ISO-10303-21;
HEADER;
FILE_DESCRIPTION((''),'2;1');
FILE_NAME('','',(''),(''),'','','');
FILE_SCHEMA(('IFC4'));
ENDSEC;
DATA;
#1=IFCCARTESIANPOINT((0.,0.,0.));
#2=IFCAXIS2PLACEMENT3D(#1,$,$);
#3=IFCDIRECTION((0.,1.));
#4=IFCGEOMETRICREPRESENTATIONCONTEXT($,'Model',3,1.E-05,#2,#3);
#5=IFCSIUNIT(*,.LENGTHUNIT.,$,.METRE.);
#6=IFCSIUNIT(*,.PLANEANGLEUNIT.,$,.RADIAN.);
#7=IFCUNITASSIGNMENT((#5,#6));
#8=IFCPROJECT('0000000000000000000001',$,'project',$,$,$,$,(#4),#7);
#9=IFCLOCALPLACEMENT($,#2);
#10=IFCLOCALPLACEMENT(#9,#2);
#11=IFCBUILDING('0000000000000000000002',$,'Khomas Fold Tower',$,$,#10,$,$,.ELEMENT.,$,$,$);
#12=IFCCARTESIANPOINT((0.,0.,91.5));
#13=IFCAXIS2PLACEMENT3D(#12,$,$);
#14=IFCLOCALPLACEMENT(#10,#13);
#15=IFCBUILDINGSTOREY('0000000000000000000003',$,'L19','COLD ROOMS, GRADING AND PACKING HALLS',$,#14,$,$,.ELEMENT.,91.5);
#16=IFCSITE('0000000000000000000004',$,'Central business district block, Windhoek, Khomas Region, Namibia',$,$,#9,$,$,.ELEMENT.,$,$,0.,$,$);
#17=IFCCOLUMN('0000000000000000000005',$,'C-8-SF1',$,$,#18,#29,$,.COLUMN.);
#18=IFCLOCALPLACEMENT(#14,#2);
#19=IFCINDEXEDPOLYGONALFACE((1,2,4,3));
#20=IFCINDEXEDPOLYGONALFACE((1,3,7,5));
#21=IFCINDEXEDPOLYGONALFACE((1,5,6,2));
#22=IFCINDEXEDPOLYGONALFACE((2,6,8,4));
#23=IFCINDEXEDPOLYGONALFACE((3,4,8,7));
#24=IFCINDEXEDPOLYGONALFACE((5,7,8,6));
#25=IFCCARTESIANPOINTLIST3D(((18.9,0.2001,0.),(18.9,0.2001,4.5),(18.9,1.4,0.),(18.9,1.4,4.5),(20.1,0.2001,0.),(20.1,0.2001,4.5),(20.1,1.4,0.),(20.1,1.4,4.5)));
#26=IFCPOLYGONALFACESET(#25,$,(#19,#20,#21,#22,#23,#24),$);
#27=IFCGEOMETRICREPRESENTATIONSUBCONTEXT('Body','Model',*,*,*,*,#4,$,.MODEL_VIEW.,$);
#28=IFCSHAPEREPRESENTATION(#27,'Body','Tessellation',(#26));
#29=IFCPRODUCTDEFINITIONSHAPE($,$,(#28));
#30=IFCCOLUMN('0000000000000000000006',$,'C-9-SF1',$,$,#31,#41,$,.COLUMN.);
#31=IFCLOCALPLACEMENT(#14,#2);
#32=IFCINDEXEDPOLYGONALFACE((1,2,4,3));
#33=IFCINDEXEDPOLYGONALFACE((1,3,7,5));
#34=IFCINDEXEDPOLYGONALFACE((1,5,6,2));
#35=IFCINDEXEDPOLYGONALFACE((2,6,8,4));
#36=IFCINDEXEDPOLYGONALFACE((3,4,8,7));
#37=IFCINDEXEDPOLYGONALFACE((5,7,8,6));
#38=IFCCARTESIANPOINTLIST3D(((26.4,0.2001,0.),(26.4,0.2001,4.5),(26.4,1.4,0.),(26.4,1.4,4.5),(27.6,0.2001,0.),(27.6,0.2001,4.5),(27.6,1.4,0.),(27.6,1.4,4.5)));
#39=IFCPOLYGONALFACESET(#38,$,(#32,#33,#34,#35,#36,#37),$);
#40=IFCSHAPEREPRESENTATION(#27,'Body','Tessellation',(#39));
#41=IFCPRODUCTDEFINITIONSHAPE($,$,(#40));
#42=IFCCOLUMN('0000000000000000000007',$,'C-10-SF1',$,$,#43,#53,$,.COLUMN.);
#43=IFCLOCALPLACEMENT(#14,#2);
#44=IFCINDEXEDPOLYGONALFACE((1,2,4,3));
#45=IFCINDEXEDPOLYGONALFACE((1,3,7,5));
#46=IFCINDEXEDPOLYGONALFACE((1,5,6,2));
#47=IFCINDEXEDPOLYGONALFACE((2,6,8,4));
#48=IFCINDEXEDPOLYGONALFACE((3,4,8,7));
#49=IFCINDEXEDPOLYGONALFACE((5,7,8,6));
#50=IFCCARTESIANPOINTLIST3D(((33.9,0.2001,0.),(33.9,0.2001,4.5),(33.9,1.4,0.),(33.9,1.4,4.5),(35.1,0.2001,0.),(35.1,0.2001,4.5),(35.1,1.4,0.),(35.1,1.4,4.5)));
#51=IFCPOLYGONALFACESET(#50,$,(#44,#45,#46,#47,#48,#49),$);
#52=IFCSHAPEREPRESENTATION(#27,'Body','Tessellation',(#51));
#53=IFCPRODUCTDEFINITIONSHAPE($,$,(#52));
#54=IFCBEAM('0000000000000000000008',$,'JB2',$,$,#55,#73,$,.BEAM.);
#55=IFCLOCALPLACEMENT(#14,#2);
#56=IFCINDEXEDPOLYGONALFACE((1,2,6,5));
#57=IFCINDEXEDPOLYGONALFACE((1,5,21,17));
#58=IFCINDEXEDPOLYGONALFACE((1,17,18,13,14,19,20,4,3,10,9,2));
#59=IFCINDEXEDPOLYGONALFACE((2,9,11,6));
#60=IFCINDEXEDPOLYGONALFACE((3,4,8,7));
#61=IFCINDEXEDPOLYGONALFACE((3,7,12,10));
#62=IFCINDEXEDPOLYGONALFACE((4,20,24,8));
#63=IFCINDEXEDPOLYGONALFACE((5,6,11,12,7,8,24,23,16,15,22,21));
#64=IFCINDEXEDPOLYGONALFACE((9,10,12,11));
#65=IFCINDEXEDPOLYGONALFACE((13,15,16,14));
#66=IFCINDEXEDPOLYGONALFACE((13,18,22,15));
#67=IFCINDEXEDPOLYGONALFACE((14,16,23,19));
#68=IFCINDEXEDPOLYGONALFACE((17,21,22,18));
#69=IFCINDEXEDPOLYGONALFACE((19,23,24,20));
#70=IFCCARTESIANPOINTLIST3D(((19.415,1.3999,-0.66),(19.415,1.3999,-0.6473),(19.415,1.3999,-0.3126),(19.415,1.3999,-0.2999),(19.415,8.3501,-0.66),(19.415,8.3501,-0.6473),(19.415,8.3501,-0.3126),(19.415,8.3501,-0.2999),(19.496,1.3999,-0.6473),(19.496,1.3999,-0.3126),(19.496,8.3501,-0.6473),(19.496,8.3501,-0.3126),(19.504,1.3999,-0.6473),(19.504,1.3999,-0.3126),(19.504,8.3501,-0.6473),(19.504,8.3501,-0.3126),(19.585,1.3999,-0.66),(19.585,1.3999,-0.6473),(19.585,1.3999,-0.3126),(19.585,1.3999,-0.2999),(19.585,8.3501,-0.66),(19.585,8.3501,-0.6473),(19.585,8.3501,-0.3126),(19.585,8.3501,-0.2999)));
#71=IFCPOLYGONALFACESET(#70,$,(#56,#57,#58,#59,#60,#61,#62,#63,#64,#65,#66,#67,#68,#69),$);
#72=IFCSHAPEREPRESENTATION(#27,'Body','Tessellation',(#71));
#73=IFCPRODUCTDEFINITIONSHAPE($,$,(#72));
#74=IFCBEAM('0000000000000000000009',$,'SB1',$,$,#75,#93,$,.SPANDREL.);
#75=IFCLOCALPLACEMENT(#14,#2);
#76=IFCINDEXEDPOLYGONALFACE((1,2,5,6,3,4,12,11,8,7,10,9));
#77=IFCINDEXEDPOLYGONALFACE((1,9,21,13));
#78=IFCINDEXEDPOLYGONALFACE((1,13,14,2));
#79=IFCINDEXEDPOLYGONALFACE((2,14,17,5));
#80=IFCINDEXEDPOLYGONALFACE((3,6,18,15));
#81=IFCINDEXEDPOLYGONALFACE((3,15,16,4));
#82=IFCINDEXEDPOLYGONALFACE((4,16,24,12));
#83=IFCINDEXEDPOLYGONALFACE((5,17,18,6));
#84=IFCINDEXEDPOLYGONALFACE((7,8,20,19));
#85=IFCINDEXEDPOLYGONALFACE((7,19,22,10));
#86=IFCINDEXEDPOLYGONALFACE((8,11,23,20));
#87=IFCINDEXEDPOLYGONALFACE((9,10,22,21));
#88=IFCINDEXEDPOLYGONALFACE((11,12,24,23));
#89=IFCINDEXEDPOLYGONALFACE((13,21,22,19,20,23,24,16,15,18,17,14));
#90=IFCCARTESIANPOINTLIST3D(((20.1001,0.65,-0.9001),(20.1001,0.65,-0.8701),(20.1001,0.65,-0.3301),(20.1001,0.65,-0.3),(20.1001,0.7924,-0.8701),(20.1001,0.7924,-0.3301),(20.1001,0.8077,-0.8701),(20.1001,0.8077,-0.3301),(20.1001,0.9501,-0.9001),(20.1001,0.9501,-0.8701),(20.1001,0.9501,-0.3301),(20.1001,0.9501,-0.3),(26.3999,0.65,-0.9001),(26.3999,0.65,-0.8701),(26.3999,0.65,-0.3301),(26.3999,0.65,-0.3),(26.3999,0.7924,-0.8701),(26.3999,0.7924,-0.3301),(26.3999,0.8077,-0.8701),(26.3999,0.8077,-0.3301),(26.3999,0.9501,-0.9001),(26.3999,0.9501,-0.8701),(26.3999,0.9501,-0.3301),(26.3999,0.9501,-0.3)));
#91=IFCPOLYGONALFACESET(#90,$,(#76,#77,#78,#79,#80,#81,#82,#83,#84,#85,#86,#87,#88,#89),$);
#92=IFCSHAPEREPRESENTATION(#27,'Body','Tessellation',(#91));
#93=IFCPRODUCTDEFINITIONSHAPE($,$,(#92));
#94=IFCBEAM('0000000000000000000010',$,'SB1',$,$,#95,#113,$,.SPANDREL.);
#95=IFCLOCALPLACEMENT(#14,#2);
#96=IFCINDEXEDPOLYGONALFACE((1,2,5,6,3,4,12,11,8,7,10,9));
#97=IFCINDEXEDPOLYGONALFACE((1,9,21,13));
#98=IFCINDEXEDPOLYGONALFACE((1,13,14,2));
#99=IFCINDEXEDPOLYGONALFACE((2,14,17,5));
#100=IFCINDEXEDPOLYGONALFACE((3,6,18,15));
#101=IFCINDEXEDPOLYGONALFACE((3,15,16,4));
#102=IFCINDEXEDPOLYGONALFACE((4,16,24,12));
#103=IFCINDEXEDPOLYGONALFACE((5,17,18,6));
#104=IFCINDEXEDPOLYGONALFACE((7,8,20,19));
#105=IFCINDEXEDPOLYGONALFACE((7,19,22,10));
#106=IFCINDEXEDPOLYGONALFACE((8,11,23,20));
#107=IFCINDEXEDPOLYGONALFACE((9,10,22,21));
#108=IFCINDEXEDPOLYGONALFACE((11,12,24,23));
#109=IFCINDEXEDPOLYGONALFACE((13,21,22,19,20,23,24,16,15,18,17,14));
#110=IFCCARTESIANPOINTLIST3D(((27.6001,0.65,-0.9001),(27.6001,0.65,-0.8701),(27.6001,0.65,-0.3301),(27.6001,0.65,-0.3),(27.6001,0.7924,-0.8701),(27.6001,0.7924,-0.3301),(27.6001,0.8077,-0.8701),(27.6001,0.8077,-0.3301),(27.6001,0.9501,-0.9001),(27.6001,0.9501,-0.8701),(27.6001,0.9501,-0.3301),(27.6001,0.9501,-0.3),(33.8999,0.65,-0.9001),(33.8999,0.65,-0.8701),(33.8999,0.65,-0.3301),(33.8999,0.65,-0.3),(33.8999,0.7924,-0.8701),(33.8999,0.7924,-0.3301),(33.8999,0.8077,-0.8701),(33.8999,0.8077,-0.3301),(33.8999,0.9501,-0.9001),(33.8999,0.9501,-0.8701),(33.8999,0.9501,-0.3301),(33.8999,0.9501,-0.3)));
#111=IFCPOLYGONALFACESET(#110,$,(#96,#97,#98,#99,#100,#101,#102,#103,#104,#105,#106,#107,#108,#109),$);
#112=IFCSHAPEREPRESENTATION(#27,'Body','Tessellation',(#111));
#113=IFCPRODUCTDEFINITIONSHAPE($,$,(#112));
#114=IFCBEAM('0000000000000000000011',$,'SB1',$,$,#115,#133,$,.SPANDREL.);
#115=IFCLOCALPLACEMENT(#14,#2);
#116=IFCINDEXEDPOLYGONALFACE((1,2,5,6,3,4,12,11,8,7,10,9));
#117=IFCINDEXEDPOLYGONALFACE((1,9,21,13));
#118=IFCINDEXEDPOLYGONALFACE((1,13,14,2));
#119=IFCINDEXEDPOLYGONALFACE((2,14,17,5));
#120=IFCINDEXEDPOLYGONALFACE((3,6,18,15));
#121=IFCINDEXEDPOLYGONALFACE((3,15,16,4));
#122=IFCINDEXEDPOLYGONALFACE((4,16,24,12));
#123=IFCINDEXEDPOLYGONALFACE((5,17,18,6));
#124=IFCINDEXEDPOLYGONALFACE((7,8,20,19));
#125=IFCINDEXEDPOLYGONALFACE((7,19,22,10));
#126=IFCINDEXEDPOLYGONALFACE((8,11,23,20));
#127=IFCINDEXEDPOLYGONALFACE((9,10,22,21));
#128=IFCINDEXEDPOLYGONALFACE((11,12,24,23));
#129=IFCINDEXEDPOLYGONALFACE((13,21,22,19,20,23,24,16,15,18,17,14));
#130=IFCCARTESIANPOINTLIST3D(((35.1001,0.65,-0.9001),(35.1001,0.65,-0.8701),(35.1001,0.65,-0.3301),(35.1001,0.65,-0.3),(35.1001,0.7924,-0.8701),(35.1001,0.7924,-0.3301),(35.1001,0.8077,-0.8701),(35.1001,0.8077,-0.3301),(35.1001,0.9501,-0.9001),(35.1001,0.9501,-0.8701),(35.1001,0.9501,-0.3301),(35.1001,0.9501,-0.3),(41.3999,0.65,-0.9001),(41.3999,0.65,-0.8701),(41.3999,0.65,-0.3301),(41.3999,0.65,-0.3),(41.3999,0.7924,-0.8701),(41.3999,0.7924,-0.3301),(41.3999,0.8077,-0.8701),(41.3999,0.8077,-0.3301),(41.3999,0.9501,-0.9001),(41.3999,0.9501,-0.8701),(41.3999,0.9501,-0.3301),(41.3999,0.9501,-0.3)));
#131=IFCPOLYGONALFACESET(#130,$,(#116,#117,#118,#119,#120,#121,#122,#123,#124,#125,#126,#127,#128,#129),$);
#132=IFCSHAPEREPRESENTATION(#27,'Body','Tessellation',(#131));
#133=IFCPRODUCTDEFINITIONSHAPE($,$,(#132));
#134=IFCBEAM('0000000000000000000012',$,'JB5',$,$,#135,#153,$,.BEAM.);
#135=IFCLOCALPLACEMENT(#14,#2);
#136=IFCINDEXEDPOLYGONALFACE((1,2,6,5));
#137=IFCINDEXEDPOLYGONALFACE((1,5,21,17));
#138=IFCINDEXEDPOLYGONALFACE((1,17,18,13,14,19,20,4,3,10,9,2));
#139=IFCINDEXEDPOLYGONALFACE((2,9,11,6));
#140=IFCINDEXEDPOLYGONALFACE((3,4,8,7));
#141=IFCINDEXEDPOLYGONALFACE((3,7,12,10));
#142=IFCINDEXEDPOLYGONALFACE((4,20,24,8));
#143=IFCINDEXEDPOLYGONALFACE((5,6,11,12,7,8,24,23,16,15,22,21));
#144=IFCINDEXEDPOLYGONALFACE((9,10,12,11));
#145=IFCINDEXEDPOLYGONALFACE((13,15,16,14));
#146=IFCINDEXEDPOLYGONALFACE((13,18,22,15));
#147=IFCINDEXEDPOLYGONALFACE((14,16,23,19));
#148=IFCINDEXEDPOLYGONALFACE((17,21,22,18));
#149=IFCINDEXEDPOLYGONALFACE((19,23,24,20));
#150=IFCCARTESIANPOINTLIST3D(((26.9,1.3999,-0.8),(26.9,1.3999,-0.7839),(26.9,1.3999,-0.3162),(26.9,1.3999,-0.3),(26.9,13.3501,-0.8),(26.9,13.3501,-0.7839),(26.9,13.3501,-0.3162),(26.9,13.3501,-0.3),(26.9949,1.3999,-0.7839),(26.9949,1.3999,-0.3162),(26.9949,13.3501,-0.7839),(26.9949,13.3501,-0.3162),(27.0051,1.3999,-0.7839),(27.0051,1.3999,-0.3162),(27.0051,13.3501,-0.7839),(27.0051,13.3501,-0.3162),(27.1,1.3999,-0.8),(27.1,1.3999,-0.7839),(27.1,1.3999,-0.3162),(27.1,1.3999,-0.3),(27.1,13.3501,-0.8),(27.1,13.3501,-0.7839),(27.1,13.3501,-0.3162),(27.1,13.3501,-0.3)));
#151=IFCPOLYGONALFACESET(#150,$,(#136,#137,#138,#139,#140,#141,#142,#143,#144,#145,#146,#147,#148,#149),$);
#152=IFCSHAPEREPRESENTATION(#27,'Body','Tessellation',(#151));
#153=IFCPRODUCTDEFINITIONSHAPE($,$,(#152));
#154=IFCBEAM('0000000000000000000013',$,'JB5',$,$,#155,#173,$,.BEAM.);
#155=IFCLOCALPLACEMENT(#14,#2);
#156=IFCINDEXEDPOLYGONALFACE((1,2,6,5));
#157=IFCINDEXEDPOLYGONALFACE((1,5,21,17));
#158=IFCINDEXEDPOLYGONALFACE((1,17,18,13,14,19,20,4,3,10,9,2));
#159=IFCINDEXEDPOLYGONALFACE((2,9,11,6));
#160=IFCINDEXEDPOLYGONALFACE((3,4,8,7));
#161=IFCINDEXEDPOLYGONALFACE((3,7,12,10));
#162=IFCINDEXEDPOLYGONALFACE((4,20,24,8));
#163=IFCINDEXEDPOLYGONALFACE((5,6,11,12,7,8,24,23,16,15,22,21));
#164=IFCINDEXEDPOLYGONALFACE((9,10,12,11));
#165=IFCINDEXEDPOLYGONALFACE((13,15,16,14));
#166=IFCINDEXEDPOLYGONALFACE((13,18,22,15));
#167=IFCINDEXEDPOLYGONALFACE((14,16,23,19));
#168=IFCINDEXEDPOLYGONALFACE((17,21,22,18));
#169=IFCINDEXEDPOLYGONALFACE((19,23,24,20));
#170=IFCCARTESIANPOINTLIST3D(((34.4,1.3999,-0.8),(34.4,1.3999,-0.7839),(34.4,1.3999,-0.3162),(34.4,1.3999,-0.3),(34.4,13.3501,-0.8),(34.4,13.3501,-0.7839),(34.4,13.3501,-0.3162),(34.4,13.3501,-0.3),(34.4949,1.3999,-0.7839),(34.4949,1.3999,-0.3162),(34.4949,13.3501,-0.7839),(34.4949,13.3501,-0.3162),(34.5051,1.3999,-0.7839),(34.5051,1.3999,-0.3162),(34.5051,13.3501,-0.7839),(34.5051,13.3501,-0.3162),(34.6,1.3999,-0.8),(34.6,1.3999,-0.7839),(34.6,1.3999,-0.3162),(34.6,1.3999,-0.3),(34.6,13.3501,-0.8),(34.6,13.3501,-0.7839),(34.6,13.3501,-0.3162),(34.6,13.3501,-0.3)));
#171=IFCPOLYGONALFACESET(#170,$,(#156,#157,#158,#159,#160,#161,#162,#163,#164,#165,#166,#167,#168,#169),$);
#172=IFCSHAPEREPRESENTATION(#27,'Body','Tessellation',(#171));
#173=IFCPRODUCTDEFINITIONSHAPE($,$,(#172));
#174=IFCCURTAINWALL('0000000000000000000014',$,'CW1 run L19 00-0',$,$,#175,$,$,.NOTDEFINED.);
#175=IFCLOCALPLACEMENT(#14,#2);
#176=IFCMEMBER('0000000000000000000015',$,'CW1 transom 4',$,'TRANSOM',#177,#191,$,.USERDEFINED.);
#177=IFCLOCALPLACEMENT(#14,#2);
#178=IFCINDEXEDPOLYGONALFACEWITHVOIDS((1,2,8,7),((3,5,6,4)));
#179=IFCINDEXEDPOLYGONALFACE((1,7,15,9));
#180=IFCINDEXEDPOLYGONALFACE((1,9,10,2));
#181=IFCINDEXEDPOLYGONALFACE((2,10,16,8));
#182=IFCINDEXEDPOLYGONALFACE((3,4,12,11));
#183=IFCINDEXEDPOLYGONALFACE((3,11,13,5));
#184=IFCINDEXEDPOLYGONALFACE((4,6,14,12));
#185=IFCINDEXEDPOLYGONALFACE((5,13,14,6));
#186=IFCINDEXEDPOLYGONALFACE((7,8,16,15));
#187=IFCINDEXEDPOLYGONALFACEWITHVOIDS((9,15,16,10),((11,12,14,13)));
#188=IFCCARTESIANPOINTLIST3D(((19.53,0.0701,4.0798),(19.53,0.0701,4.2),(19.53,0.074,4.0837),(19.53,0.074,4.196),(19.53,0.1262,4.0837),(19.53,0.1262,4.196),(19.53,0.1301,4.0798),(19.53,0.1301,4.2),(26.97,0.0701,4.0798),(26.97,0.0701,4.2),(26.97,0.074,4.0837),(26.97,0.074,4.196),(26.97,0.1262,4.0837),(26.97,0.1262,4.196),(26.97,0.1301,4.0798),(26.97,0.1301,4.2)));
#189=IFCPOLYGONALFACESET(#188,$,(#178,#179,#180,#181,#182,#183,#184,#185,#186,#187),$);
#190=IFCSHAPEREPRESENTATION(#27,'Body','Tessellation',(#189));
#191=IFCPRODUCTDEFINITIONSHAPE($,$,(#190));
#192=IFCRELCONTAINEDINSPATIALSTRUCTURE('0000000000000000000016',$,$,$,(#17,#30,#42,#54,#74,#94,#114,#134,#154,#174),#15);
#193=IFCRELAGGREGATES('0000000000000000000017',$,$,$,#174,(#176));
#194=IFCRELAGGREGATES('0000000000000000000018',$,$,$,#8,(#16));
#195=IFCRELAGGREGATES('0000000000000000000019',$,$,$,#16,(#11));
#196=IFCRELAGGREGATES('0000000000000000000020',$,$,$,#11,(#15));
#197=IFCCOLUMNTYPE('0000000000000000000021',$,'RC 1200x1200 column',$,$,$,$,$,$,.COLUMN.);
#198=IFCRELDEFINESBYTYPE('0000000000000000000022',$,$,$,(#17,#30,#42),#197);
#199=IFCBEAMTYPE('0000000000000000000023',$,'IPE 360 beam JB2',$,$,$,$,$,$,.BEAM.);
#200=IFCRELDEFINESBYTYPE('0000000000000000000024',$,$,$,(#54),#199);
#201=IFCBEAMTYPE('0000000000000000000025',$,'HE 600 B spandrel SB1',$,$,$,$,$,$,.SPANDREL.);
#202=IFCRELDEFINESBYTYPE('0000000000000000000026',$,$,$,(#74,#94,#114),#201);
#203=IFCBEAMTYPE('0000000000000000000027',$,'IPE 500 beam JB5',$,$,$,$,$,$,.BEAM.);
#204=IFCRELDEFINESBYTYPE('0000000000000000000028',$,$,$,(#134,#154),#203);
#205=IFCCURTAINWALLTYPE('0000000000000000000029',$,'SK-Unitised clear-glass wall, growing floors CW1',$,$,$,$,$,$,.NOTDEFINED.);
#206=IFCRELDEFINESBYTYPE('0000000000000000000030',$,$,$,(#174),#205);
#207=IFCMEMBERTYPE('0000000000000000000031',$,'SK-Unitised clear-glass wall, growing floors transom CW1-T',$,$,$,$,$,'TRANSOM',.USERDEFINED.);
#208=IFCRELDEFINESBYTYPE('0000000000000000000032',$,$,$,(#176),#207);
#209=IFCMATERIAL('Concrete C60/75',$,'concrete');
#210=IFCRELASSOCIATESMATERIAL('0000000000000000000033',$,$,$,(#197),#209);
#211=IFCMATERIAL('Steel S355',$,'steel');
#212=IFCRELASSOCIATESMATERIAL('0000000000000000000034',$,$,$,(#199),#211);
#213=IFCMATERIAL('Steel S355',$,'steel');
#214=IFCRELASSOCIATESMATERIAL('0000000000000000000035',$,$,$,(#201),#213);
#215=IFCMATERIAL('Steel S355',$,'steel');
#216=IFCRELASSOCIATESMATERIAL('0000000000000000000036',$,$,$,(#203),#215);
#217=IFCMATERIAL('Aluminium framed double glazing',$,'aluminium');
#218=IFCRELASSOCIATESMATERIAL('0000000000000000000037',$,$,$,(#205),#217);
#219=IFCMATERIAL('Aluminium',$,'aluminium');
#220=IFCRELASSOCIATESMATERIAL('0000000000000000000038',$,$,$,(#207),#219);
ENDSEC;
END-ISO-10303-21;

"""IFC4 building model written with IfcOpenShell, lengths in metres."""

from ifc_helpers import new_model, si_unit, direction, frame, origin, origin_2d, place, context, subcontext, project, spatial, rectangle, hollow_rectangle, i_section, extrude, source, transform, mapped, material, material_profile, profile_set, type_object, element, aggregate, save


model = new_model("IFC4")

# Units and contexts
model_context = context("Model", 3, precision=1e-05, world=origin(), true_north=direction((0.0, 1.0)))
body_context = subcontext(model_context, "Body", "Model", "MODEL_VIEW")
ifc_project = project(units=[si_unit("LENGTHUNIT", "METRE"), si_unit("PLANEANGLEUNIT", "RADIAN")], contexts=[model_context])

# Site, building, storey
site_placement = place(None, origin())
site = spatial("IfcSite", under=ifc_project, at=site_placement, Name="Central business district block, Windhoek, Khomas Region, Namibia", CompositionType="ELEMENT", RefElevation=0.0)
building_placement = place(site_placement, origin())
building = spatial("IfcBuilding", under=site, at=building_placement, Name="Khomas Fold Tower", CompositionType="ELEMENT")
storey_placement = place(building_placement, frame((0.0, 0.0, 91.5)))
storey = spatial("IfcBuildingStorey", under=building, at=storey_placement, Name="L19", Description="COLD ROOMS, GRADING AND PACKING HALLS", CompositionType="ELEMENT", Elevation=91.5)

# Columns
ifc_material_1 = material(Name="Concrete C60/75", Category="concrete")
ifc_material_profile_1 = material_profile(ifc_material_1, rectangle(XDim=1.2, YDim=1.2, at=origin_2d()), Name="RC 1200x1200")
ifc_profile_set_1 = profile_set([ifc_material_profile_1], Name="Concrete C60/75")
column_type = type_object("IfcColumnType", Name="RC 1200x1200 column", PredefinedType="COLUMN", material=ifc_profile_set_1)
shared_shape_1 = source(origin(), body_context, "Body", "SweptSolid", [
    extrude(rectangle(XDim=1.2, YDim=1.2, at=origin_2d()), origin(), (0.0, 0.0, 1.0), 4.5),
])
for number, where, z_axis, x_axis, name in (
    (1, (19.5, 0.8, 0.0), (0.0, 0.0, 1.0), (1.0, 0.0, 0.0), "C-8-SF1"),
    (2, (27.0, 0.8, 0.0), (0.0, 0.0, 1.0), (1.0, 0.0, 0.0), "C-9-SF1"),
    (3, (34.5, 0.8, 0.0), (0.0, 0.0, 1.0), (1.0, 0.0, 0.0), "C-10-SF1"),
):
    element("IfcColumn", number, at=place(storey_placement, frame(where, z_axis=z_axis, x_axis=x_axis)), inside=storey, type_object=column_type, Name=name, PredefinedType="COLUMN", context=body_context, shape_type="MappedRepresentation", body=[
        mapped(shared_shape_1, transform((0.0, 0.0, 0.0))),
    ])

# Beams
ifc_material_2 = material(Name="Steel S355", Category="steel")
ifc_material_profile_2 = material_profile(ifc_material_2, i_section(OverallWidth=0.1699, OverallDepth=0.3601, WebThickness=0.0081, FlangeThickness=0.0127, at=origin_2d()), Name="IPE 360")
ifc_profile_set_2 = profile_set([ifc_material_profile_2], Name="Steel S355")
beam_type_1 = type_object("IfcBeamType", Name="IPE 360 beam JB2", PredefinedType="BEAM", material=ifc_profile_set_2)
shared_shape_2 = source(origin(), body_context, "Body", "SweptSolid", [
    extrude(i_section(OverallWidth=0.1699, OverallDepth=0.3601, WebThickness=0.0081, FlangeThickness=0.0127, at=origin_2d()), origin(), (0.0, 0.0, 1.0), 6.9502),
])
beam_placement = place(storey_placement, frame((19.5, 1.3999, -0.48), z_axis=(0.0, 1.0, 0.0), x_axis=(-1.0, 0.0, 0.0)))
element("IfcBeam", 4, at=beam_placement, inside=storey, type_object=beam_type_1, Name="JB2", PredefinedType="BEAM", context=body_context, shape_type="MappedRepresentation", body=[
    mapped(shared_shape_2, transform((0.0, 0.0, 0.0))),
])
ifc_material_3 = material(Name="Steel S355", Category="steel")
ifc_material_profile_3 = material_profile(ifc_material_3, i_section(OverallWidth=0.3, OverallDepth=0.6001, WebThickness=0.0154, FlangeThickness=0.03, at=origin_2d()), Name="HE 600 B")
ifc_profile_set_3 = profile_set([ifc_material_profile_3], Name="Steel S355")
beam_type_2 = type_object("IfcBeamType", Name="HE 600 B spandrel SB1", PredefinedType="SPANDREL", material=ifc_profile_set_3)
shared_shape_3 = source(origin(), body_context, "Body", "SweptSolid", [
    extrude(i_section(OverallWidth=0.3, OverallDepth=0.6001, WebThickness=0.0154, FlangeThickness=0.03, at=origin_2d()), origin(), (0.0, 0.0, 1.0), 6.2998),
])
for number, where, z_axis, x_axis, name in (
    (5, (20.1001, 0.8, -0.6001), (1.0, 0.0, 0.0), (0.0, 1.0, 0.0), "SB1"),
    (6, (27.6001, 0.8, -0.6001), (1.0, 0.0, 0.0), (0.0, 1.0, 0.0), "SB1"),
    (7, (35.1001, 0.8, -0.6001), (1.0, 0.0, 0.0), (0.0, 1.0, 0.0), "SB1"),
):
    element("IfcBeam", number, at=place(storey_placement, frame(where, z_axis=z_axis, x_axis=x_axis)), inside=storey, type_object=beam_type_2, Name=name, PredefinedType="SPANDREL", context=body_context, shape_type="MappedRepresentation", body=[
        mapped(shared_shape_3, transform((0.0, 0.0, 0.0))),
    ])
ifc_material_4 = material(Name="Steel S355", Category="steel")
ifc_material_profile_4 = material_profile(ifc_material_4, i_section(OverallWidth=0.2, OverallDepth=0.5, WebThickness=0.0103, FlangeThickness=0.0161, at=origin_2d()), Name="IPE 500")
ifc_profile_set_4 = profile_set([ifc_material_profile_4], Name="Steel S355")
beam_type_3 = type_object("IfcBeamType", Name="IPE 500 beam JB5", PredefinedType="BEAM", material=ifc_profile_set_4)
shared_shape_4 = source(origin(), body_context, "Body", "SweptSolid", [
    extrude(i_section(OverallWidth=0.2, OverallDepth=0.5, WebThickness=0.0103, FlangeThickness=0.0161, at=origin_2d()), origin(), (0.0, 0.0, 1.0), 11.9502),
])
for number, where, z_axis, x_axis, name in (
    (8, (27.0, 1.3999, -0.55), (0.0, 1.0, 0.0), (-1.0, 0.0, 0.0), "JB5"),
    (9, (34.5, 1.3999, -0.55), (0.0, 1.0, 0.0), (-1.0, 0.0, 0.0), "JB5"),
):
    element("IfcBeam", number, at=place(storey_placement, frame(where, z_axis=z_axis, x_axis=x_axis)), inside=storey, type_object=beam_type_3, Name=name, PredefinedType="BEAM", context=body_context, shape_type="MappedRepresentation", body=[
        mapped(shared_shape_4, transform((0.0, 0.0, 0.0))),
    ])

# Curtain wall, member
ifc_material_5 = material(Name="Aluminium framed double glazing", Category="aluminium")
curtain_wall_type = type_object("IfcCurtainWallType", Name="SK-Unitised clear-glass wall, growing floors CW1", PredefinedType="NOTDEFINED", material=ifc_material_5)
curtain_wall_placement = place(storey_placement, origin())
curtain_wall = element("IfcCurtainWall", 10, at=curtain_wall_placement, inside=storey, type_object=curtain_wall_type, Name="CW1 run L19 00-0", PredefinedType="NOTDEFINED")
ifc_material_6 = material(Name="Aluminium", Category="aluminium")
ifc_material_profile_5 = material_profile(ifc_material_6, hollow_rectangle(XDim=0.0601, YDim=0.1201, WallThickness=0.0039, at=origin_2d()), Name="SK-Unitised clear-glass wall, growing floors transom CW1-T")
ifc_profile_set_5 = profile_set([ifc_material_profile_5], Name="Aluminium")
member_type_1 = type_object("IfcMemberType", Name="SK-Unitised clear-glass wall, growing floors transom CW1-T", ElementType="TRANSOM", PredefinedType="USERDEFINED", material=ifc_profile_set_5)
shared_shape_5 = source(origin(), body_context, "Body", "SweptSolid", [
    extrude(hollow_rectangle(XDim=0.0601, YDim=0.1201, WallThickness=0.0039, at=origin_2d()), origin(), (0.0, 0.0, 1.0), 7.4399),
])
member_1_placement = place(storey_placement, frame((19.53, 0.1001, 4.1399), z_axis=(1.0, 0.0, 0.0), x_axis=(0.0, 1.0, 0.0)))
member_1 = element("IfcMember", 11, at=member_1_placement, type_object=member_type_1, Name="CW1 transom 4", ObjectType="TRANSOM", PredefinedType="USERDEFINED", context=body_context, shape_type="MappedRepresentation", body=[
    mapped(shared_shape_5, transform((0.0, 0.0, 0.0))),
])
aggregate(curtain_wall, [member_1])

save(model, "model.ifc")
